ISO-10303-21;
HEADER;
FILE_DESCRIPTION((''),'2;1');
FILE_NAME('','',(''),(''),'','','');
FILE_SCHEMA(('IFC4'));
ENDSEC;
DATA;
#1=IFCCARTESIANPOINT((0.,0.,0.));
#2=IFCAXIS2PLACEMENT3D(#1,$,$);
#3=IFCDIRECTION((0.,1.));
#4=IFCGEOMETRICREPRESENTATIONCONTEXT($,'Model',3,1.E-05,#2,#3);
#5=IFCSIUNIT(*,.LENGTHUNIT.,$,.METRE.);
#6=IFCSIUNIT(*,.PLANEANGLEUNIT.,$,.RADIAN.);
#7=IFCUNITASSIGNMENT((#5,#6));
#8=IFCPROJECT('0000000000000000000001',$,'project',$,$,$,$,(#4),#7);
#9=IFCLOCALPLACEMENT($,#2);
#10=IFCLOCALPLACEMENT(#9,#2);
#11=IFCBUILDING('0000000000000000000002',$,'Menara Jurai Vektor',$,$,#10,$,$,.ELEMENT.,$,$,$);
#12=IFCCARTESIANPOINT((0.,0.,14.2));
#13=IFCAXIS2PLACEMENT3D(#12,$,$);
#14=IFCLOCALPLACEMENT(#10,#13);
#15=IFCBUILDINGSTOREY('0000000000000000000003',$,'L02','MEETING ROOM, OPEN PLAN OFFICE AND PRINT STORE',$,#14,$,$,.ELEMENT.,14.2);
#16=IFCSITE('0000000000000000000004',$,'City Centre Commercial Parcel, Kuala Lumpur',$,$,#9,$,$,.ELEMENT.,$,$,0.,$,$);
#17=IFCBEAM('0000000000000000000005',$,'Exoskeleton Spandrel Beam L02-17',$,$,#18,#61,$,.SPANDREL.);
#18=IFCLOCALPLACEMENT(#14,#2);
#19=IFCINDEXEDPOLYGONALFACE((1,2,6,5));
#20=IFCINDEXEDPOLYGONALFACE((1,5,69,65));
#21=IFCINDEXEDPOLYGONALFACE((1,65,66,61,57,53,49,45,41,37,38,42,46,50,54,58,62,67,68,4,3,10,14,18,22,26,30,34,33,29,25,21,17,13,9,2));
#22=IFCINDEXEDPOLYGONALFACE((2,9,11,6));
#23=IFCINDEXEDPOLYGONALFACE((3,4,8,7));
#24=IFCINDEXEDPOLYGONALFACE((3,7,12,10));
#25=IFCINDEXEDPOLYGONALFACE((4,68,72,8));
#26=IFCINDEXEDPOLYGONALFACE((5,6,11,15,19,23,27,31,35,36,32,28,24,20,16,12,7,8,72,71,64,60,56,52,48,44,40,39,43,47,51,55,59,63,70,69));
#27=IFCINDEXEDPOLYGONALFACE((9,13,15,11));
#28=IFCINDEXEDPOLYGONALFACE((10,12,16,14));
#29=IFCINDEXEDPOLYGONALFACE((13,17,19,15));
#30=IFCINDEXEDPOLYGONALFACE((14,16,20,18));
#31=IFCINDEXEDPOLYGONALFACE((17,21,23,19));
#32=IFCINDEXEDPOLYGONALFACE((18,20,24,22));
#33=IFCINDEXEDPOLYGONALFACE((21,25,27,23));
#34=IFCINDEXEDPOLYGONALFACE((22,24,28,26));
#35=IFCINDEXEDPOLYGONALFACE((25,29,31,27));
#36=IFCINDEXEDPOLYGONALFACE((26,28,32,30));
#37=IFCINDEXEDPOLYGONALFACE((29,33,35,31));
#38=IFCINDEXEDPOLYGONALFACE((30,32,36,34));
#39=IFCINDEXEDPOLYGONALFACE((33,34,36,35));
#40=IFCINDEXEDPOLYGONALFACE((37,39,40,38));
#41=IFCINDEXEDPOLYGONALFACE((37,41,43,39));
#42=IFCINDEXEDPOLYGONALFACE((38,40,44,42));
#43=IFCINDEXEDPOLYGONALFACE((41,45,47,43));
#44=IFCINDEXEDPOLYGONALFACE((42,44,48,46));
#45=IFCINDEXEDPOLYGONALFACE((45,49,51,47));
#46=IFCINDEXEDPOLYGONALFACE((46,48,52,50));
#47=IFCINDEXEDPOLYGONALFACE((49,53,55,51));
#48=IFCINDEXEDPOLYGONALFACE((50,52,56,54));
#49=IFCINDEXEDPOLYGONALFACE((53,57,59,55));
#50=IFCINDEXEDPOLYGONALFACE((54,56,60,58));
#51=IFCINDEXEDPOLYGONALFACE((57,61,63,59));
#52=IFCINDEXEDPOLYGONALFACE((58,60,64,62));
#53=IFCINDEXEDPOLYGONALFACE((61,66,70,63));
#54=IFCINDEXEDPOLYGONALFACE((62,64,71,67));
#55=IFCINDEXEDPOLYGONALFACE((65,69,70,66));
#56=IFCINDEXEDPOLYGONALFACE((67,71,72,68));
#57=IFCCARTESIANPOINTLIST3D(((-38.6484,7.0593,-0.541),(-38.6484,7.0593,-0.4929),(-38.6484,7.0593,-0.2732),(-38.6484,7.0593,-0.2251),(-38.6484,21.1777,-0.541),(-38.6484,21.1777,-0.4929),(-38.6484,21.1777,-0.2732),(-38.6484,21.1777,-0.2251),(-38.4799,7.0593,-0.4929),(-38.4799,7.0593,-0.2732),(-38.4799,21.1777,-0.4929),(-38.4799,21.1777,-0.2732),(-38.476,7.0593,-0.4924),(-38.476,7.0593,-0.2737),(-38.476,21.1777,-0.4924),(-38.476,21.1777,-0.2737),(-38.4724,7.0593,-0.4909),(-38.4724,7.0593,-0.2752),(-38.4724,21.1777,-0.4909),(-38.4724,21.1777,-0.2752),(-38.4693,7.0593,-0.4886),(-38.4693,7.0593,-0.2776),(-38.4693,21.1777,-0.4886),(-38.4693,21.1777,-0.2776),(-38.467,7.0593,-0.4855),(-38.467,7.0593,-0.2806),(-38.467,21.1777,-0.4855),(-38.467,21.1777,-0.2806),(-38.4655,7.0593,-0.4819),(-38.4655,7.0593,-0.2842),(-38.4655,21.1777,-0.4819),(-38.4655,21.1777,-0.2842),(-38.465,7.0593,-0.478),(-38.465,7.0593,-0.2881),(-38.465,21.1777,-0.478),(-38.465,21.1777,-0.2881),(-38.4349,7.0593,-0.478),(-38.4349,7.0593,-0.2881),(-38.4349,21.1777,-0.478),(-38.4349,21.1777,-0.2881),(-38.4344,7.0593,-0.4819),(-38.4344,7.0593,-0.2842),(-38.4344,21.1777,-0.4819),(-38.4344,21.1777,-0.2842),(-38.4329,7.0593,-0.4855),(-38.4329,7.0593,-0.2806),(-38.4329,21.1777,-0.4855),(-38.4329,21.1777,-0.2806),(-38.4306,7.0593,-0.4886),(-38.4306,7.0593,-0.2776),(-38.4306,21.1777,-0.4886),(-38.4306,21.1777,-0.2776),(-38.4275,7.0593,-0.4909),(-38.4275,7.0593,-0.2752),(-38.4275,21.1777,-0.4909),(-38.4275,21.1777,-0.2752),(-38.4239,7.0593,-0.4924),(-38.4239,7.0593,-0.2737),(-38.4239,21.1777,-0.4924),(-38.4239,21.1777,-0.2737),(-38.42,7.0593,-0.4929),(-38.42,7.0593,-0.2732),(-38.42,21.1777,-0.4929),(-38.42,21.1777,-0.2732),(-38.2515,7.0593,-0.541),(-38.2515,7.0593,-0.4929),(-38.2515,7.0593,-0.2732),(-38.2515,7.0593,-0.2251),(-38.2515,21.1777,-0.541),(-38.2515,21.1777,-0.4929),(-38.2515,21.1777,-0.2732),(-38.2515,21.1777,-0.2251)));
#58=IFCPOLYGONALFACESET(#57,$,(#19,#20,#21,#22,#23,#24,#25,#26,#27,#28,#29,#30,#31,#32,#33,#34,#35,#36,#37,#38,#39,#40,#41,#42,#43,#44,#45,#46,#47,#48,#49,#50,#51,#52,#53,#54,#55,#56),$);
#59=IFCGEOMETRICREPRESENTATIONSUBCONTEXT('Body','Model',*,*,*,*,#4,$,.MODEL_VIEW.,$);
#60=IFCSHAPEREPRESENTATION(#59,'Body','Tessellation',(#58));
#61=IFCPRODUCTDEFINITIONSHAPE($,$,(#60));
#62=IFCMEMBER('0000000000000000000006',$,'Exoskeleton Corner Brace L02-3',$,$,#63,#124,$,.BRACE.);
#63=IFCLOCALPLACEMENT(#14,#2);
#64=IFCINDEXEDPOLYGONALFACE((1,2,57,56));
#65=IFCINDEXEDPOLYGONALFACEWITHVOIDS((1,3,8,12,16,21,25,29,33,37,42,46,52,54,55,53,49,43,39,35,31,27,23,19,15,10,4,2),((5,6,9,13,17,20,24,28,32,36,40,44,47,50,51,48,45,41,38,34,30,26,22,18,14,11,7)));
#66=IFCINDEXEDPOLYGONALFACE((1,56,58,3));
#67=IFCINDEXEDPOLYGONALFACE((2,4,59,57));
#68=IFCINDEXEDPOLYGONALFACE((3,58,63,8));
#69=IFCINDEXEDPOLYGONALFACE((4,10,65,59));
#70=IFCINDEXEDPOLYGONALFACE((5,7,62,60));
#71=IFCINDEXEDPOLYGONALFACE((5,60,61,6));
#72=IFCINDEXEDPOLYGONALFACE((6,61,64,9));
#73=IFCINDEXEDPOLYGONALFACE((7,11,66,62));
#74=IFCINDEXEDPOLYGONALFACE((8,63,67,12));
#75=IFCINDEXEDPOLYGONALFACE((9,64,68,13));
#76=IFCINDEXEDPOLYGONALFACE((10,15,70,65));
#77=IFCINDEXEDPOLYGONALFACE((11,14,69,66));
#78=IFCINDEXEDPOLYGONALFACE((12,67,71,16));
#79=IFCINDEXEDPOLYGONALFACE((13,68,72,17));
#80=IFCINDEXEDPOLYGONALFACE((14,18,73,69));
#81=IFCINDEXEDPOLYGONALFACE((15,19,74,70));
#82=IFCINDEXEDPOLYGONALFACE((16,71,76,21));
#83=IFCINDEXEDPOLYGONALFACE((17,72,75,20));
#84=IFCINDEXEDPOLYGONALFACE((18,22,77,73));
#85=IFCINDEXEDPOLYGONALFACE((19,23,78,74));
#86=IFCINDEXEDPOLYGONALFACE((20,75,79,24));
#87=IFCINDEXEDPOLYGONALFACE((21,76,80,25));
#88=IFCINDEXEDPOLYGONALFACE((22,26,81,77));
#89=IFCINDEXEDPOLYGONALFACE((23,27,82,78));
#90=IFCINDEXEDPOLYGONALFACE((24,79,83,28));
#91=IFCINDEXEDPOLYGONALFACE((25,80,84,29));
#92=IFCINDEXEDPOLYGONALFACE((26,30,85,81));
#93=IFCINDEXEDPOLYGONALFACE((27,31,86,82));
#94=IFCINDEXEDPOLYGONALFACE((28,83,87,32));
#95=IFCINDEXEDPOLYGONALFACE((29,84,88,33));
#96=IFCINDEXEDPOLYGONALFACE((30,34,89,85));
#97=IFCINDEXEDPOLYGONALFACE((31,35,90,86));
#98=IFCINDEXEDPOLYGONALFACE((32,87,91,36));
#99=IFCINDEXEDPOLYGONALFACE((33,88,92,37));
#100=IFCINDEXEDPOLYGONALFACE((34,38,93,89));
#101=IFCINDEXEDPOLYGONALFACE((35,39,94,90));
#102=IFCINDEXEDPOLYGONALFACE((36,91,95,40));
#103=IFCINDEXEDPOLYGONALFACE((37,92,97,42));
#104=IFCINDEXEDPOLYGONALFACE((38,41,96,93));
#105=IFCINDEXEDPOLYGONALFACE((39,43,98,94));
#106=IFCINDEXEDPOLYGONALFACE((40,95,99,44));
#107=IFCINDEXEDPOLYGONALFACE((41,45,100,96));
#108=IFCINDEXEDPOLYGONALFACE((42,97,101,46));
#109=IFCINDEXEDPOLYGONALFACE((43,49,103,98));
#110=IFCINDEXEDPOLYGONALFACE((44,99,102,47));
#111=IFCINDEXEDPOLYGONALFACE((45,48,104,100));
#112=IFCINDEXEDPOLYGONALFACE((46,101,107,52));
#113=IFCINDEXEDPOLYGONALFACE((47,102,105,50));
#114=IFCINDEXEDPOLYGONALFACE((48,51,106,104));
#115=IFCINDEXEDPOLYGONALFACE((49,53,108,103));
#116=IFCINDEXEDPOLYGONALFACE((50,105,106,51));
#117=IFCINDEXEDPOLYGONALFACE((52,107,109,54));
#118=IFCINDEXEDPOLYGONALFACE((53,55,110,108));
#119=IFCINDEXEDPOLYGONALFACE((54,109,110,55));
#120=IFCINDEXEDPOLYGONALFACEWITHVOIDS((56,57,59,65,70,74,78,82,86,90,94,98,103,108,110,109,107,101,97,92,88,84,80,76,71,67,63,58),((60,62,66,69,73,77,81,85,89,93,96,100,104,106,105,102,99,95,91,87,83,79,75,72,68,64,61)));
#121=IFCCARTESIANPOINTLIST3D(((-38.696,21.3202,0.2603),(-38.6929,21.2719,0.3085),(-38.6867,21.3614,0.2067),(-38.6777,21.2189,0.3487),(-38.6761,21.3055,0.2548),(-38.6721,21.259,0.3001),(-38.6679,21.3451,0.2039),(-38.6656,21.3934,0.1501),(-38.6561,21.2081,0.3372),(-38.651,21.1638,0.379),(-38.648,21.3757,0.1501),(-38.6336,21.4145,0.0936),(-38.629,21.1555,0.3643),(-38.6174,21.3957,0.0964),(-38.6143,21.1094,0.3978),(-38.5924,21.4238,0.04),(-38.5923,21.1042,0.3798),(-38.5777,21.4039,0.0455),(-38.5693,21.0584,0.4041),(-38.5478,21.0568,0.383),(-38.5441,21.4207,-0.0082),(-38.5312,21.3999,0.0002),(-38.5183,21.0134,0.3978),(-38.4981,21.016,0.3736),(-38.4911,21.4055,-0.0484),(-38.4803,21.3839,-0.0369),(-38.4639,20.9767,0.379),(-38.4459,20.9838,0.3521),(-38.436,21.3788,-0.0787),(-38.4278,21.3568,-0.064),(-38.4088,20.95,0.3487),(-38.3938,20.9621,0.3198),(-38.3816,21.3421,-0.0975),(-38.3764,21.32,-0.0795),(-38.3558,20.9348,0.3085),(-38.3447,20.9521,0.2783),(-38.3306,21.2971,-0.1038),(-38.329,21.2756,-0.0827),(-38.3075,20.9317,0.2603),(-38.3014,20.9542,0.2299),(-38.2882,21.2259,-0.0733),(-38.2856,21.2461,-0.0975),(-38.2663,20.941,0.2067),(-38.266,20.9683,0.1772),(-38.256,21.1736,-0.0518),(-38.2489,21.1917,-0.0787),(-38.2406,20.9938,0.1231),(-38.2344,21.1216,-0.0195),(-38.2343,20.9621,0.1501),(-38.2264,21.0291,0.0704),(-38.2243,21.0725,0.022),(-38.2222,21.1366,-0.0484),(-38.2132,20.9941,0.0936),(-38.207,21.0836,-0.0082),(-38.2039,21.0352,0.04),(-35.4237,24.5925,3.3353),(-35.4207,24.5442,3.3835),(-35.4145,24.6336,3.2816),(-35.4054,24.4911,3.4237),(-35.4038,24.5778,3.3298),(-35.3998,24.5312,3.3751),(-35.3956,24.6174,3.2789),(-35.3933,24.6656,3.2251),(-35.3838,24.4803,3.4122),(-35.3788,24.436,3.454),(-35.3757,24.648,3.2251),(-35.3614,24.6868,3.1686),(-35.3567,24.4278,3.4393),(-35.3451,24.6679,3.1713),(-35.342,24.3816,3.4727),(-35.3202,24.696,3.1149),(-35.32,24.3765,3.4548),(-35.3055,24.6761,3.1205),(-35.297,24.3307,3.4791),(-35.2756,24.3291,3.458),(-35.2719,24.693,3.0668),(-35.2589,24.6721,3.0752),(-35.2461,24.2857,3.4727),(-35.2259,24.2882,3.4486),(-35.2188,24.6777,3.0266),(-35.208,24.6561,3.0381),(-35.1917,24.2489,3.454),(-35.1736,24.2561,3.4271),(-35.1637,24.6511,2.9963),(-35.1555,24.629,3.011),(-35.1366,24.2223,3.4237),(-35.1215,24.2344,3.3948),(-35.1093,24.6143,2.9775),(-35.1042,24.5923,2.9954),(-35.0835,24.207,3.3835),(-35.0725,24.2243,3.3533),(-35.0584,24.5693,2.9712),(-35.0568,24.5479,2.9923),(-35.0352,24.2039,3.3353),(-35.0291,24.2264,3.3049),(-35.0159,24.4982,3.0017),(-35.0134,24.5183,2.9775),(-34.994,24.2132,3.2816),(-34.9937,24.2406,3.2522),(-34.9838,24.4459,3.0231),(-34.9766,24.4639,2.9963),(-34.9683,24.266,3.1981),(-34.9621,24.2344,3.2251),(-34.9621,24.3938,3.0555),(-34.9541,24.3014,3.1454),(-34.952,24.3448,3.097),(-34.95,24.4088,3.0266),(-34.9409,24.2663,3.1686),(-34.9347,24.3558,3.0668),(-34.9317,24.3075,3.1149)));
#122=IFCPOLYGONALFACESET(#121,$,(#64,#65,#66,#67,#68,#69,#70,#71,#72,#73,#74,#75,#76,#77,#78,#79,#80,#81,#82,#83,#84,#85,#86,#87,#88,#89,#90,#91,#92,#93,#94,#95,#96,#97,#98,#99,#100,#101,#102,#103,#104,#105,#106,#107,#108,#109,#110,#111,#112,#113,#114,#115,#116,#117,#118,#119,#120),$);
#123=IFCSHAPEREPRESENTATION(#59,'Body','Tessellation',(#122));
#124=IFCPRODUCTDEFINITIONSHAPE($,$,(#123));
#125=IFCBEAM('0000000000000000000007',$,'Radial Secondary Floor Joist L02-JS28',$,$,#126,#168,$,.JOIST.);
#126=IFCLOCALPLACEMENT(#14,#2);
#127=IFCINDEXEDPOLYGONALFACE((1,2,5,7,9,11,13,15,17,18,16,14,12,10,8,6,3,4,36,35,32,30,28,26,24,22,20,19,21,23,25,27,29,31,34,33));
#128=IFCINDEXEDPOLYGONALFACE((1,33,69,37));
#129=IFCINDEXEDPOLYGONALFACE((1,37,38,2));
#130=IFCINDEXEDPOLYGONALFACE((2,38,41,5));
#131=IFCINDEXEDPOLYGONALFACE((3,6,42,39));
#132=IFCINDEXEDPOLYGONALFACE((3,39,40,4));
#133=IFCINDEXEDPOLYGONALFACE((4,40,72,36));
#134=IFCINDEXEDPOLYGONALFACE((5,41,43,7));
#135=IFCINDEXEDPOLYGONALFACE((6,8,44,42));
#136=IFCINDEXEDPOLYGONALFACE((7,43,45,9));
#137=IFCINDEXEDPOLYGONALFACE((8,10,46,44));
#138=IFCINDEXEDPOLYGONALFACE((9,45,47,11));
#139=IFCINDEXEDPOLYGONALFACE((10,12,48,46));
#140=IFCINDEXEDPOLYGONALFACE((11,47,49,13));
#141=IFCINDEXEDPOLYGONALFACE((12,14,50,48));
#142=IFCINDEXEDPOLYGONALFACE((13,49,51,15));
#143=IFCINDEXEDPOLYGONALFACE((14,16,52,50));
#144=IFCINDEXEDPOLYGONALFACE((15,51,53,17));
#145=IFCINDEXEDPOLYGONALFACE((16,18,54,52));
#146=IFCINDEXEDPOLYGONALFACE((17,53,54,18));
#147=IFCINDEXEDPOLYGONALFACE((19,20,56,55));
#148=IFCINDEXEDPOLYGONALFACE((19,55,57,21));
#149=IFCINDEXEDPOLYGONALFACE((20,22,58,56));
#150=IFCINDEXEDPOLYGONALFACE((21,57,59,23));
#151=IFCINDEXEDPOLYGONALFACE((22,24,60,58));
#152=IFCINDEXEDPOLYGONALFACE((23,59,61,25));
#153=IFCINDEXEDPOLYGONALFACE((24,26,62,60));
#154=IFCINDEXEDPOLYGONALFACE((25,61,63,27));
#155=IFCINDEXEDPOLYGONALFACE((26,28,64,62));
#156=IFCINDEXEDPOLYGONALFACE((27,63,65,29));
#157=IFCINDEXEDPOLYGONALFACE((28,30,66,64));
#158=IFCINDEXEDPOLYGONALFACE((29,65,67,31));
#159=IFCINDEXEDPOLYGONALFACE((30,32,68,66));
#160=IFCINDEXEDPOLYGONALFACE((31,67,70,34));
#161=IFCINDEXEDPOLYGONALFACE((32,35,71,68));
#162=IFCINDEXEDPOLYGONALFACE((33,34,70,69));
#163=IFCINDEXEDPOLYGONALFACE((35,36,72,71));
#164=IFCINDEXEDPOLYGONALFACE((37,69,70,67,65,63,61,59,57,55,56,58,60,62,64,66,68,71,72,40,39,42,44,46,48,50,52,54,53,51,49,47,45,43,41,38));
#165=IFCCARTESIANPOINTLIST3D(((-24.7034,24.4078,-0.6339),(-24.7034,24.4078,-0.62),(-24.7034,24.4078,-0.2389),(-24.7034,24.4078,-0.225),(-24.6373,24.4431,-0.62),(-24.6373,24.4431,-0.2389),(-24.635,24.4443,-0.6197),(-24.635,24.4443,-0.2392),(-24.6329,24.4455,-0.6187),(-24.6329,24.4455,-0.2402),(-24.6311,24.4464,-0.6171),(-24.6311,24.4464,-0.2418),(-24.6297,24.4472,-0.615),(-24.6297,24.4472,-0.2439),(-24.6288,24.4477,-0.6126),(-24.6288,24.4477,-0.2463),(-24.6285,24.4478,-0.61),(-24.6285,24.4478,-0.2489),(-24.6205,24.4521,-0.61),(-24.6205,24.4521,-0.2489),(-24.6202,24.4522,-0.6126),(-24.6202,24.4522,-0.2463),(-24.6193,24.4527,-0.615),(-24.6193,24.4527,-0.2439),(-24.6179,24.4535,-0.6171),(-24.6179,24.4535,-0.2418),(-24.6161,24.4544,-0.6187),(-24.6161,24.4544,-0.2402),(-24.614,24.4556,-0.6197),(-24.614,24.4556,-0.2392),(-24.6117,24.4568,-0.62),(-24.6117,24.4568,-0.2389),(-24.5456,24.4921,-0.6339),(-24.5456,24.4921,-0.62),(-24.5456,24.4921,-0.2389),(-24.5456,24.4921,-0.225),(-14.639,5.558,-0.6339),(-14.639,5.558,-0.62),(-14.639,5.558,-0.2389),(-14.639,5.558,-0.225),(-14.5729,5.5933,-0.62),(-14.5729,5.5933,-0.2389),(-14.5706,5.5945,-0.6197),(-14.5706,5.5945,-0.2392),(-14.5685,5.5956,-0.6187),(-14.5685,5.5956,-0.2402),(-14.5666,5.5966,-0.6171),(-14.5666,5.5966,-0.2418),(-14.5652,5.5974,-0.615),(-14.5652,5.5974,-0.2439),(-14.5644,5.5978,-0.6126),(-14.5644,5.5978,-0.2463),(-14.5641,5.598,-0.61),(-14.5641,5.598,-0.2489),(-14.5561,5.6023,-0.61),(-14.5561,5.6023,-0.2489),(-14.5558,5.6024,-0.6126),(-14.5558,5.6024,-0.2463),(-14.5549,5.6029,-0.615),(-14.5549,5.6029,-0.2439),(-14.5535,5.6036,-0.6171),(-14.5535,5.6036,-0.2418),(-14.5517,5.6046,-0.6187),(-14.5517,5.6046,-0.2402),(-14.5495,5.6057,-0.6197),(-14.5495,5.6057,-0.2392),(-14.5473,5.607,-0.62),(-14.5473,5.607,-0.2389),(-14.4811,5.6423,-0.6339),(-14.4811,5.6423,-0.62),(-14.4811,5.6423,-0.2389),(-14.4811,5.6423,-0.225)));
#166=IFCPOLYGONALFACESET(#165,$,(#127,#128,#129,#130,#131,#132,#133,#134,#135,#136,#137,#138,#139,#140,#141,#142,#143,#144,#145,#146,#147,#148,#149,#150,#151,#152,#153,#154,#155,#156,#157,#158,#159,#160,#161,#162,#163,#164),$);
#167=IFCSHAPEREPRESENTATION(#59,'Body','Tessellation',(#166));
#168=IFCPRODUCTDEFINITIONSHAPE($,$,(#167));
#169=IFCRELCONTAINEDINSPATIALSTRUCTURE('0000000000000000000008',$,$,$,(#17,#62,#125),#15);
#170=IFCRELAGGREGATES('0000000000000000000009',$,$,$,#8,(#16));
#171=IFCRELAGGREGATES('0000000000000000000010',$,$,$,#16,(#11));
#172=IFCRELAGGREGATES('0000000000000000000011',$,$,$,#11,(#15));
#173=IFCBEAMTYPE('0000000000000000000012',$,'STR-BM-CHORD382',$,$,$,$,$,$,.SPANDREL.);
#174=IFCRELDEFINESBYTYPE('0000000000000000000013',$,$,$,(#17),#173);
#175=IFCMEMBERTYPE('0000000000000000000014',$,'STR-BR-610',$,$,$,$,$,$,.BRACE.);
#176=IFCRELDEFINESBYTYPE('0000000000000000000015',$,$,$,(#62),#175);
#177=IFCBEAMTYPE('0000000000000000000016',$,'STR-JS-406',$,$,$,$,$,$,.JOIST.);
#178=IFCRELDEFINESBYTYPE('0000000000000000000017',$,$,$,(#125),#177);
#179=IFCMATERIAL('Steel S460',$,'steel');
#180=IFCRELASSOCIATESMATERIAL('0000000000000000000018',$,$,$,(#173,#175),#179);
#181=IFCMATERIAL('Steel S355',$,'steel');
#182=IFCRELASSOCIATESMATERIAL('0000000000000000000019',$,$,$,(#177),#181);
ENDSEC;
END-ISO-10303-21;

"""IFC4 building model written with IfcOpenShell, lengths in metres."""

from ifc_helpers import new_model, si_unit, direction, frame, origin, origin_2d, place, context, subcontext, project, spatial, hollow_circle, i_section, extrude, material, material_profile, profile_set, type_object, element, save


model = new_model("IFC4")

# Units and contexts
model_context = context("Model", 3, precision=1e-05, world=origin(), true_north=direction((0.0, 1.0)))
body_context = subcontext(model_context, "Body", "Model", "MODEL_VIEW")
ifc_project = project(units=[si_unit("LENGTHUNIT", "METRE"), si_unit("PLANEANGLEUNIT", "RADIAN")], contexts=[model_context])

# Site, building, storey
site_placement = place(None, origin())
site = spatial("IfcSite", under=ifc_project, at=site_placement, Name="City Centre Commercial Parcel, Kuala Lumpur", CompositionType="ELEMENT", RefElevation=0.0)
building_placement = place(site_placement, origin())
building = spatial("IfcBuilding", under=site, at=building_placement, Name="Menara Jurai Vektor", CompositionType="ELEMENT")
storey_placement = place(building_placement, frame((0.0, 0.0, 14.2)))
storey = spatial("IfcBuildingStorey", under=building, at=storey_placement, Name="L02", Description="MEETING ROOM, OPEN PLAN OFFICE AND PRINT STORE", CompositionType="ELEMENT", Elevation=14.2)

# Shared definitions
ifc_material_1 = material(Name="Steel S460", Category="steel")

# Beam
ifc_material_2 = material(Name="Steel S355", Category="steel")
ifc_material_profile_1 = material_profile(ifc_material_1, i_section(OverallWidth=0.397, OverallDepth=0.3159, WebThickness=0.03, FlangeThickness=0.0481, FilletRadius=0.0149, at=origin_2d()), Name="HD 400x382")
ifc_profile_set_1 = profile_set([ifc_material_profile_1], Name="Steel S460")
beam_type_1 = type_object("IfcBeamType", Name="STR-BM-CHORD382", PredefinedType="SPANDREL", material=ifc_profile_set_1)
beam_1_placement = place(storey_placement, frame((-38.45, 21.1777, -0.3831), z_axis=(0.0, -1.0, 0.0), x_axis=(1.0, 0.0, 0.0)))
element("IfcBeam", 1, at=beam_1_placement, inside=storey, type_object=beam_type_1, Name="Exoskeleton Spandrel Beam L02-17", PredefinedType="SPANDREL", context=body_context, shape_type="SweptSolid", body=[
    extrude(i_section(OverallWidth=0.397, OverallDepth=0.3159, WebThickness=0.03, FlangeThickness=0.0481, FilletRadius=0.0149, at=origin_2d()), origin(), (0.0, 0.0, 1.0), 14.1184),
])

# Member
ifc_material_profile_2 = material_profile(ifc_material_1, hollow_circle(Radius=0.3049, WallThickness=0.0249, at=origin_2d()), Name="CHS 610x25")
ifc_profile_set_2 = profile_set([ifc_material_profile_2], Name="Steel S460")
member_type_1 = type_object("IfcMemberType", Name="STR-BR-610", PredefinedType="BRACE", material=ifc_profile_set_2)
member_1_placement = place(storey_placement, frame((-38.45, 21.1777, 0.1501), z_axis=(0.588942, 0.588942, 0.553438), x_axis=(-0.707107, 0.707107, 0.0)))
element("IfcMember", 2, at=member_1_placement, inside=storey, type_object=member_type_1, Name="Exoskeleton Corner Brace L02-3", PredefinedType="BRACE", context=body_context, shape_type="SweptSolid", body=[
    extrude(hollow_circle(Radius=0.3049, WallThickness=0.0249, at=origin_2d()), origin(), (0.0, 0.0, 1.0), 5.5562),
])

# Beam
ifc_material_profile_3 = material_profile(ifc_material_2, i_section(OverallWidth=0.179, OverallDepth=0.4089, WebThickness=0.009, FlangeThickness=0.0139, FilletRadius=0.01, at=origin_2d()), Name="UKB 406x178x67")
ifc_profile_set_3 = profile_set([ifc_material_profile_3], Name="Steel S355")
beam_type_2 = type_object("IfcBeamType", Name="STR-JS-406", PredefinedType="JOIST", material=ifc_profile_set_3)
beam_2_placement = place(storey_placement, frame((-24.6245, 24.45, -0.4294), z_axis=(0.470996, -0.882135, 0.0), x_axis=(0.882135, 0.470996, 0.0)))
element("IfcBeam", 3, at=beam_2_placement, inside=storey, type_object=beam_type_2, Name="Radial Secondary Floor Joist L02-JS28", PredefinedType="JOIST", context=body_context, shape_type="SweptSolid", body=[
    extrude(i_section(OverallWidth=0.179, OverallDepth=0.4089, WebThickness=0.009, FlangeThickness=0.0139, FilletRadius=0.01, at=origin_2d()), origin(), (0.0, 0.0, 1.0), 21.3684),
])

save(model, "model.ifc")
